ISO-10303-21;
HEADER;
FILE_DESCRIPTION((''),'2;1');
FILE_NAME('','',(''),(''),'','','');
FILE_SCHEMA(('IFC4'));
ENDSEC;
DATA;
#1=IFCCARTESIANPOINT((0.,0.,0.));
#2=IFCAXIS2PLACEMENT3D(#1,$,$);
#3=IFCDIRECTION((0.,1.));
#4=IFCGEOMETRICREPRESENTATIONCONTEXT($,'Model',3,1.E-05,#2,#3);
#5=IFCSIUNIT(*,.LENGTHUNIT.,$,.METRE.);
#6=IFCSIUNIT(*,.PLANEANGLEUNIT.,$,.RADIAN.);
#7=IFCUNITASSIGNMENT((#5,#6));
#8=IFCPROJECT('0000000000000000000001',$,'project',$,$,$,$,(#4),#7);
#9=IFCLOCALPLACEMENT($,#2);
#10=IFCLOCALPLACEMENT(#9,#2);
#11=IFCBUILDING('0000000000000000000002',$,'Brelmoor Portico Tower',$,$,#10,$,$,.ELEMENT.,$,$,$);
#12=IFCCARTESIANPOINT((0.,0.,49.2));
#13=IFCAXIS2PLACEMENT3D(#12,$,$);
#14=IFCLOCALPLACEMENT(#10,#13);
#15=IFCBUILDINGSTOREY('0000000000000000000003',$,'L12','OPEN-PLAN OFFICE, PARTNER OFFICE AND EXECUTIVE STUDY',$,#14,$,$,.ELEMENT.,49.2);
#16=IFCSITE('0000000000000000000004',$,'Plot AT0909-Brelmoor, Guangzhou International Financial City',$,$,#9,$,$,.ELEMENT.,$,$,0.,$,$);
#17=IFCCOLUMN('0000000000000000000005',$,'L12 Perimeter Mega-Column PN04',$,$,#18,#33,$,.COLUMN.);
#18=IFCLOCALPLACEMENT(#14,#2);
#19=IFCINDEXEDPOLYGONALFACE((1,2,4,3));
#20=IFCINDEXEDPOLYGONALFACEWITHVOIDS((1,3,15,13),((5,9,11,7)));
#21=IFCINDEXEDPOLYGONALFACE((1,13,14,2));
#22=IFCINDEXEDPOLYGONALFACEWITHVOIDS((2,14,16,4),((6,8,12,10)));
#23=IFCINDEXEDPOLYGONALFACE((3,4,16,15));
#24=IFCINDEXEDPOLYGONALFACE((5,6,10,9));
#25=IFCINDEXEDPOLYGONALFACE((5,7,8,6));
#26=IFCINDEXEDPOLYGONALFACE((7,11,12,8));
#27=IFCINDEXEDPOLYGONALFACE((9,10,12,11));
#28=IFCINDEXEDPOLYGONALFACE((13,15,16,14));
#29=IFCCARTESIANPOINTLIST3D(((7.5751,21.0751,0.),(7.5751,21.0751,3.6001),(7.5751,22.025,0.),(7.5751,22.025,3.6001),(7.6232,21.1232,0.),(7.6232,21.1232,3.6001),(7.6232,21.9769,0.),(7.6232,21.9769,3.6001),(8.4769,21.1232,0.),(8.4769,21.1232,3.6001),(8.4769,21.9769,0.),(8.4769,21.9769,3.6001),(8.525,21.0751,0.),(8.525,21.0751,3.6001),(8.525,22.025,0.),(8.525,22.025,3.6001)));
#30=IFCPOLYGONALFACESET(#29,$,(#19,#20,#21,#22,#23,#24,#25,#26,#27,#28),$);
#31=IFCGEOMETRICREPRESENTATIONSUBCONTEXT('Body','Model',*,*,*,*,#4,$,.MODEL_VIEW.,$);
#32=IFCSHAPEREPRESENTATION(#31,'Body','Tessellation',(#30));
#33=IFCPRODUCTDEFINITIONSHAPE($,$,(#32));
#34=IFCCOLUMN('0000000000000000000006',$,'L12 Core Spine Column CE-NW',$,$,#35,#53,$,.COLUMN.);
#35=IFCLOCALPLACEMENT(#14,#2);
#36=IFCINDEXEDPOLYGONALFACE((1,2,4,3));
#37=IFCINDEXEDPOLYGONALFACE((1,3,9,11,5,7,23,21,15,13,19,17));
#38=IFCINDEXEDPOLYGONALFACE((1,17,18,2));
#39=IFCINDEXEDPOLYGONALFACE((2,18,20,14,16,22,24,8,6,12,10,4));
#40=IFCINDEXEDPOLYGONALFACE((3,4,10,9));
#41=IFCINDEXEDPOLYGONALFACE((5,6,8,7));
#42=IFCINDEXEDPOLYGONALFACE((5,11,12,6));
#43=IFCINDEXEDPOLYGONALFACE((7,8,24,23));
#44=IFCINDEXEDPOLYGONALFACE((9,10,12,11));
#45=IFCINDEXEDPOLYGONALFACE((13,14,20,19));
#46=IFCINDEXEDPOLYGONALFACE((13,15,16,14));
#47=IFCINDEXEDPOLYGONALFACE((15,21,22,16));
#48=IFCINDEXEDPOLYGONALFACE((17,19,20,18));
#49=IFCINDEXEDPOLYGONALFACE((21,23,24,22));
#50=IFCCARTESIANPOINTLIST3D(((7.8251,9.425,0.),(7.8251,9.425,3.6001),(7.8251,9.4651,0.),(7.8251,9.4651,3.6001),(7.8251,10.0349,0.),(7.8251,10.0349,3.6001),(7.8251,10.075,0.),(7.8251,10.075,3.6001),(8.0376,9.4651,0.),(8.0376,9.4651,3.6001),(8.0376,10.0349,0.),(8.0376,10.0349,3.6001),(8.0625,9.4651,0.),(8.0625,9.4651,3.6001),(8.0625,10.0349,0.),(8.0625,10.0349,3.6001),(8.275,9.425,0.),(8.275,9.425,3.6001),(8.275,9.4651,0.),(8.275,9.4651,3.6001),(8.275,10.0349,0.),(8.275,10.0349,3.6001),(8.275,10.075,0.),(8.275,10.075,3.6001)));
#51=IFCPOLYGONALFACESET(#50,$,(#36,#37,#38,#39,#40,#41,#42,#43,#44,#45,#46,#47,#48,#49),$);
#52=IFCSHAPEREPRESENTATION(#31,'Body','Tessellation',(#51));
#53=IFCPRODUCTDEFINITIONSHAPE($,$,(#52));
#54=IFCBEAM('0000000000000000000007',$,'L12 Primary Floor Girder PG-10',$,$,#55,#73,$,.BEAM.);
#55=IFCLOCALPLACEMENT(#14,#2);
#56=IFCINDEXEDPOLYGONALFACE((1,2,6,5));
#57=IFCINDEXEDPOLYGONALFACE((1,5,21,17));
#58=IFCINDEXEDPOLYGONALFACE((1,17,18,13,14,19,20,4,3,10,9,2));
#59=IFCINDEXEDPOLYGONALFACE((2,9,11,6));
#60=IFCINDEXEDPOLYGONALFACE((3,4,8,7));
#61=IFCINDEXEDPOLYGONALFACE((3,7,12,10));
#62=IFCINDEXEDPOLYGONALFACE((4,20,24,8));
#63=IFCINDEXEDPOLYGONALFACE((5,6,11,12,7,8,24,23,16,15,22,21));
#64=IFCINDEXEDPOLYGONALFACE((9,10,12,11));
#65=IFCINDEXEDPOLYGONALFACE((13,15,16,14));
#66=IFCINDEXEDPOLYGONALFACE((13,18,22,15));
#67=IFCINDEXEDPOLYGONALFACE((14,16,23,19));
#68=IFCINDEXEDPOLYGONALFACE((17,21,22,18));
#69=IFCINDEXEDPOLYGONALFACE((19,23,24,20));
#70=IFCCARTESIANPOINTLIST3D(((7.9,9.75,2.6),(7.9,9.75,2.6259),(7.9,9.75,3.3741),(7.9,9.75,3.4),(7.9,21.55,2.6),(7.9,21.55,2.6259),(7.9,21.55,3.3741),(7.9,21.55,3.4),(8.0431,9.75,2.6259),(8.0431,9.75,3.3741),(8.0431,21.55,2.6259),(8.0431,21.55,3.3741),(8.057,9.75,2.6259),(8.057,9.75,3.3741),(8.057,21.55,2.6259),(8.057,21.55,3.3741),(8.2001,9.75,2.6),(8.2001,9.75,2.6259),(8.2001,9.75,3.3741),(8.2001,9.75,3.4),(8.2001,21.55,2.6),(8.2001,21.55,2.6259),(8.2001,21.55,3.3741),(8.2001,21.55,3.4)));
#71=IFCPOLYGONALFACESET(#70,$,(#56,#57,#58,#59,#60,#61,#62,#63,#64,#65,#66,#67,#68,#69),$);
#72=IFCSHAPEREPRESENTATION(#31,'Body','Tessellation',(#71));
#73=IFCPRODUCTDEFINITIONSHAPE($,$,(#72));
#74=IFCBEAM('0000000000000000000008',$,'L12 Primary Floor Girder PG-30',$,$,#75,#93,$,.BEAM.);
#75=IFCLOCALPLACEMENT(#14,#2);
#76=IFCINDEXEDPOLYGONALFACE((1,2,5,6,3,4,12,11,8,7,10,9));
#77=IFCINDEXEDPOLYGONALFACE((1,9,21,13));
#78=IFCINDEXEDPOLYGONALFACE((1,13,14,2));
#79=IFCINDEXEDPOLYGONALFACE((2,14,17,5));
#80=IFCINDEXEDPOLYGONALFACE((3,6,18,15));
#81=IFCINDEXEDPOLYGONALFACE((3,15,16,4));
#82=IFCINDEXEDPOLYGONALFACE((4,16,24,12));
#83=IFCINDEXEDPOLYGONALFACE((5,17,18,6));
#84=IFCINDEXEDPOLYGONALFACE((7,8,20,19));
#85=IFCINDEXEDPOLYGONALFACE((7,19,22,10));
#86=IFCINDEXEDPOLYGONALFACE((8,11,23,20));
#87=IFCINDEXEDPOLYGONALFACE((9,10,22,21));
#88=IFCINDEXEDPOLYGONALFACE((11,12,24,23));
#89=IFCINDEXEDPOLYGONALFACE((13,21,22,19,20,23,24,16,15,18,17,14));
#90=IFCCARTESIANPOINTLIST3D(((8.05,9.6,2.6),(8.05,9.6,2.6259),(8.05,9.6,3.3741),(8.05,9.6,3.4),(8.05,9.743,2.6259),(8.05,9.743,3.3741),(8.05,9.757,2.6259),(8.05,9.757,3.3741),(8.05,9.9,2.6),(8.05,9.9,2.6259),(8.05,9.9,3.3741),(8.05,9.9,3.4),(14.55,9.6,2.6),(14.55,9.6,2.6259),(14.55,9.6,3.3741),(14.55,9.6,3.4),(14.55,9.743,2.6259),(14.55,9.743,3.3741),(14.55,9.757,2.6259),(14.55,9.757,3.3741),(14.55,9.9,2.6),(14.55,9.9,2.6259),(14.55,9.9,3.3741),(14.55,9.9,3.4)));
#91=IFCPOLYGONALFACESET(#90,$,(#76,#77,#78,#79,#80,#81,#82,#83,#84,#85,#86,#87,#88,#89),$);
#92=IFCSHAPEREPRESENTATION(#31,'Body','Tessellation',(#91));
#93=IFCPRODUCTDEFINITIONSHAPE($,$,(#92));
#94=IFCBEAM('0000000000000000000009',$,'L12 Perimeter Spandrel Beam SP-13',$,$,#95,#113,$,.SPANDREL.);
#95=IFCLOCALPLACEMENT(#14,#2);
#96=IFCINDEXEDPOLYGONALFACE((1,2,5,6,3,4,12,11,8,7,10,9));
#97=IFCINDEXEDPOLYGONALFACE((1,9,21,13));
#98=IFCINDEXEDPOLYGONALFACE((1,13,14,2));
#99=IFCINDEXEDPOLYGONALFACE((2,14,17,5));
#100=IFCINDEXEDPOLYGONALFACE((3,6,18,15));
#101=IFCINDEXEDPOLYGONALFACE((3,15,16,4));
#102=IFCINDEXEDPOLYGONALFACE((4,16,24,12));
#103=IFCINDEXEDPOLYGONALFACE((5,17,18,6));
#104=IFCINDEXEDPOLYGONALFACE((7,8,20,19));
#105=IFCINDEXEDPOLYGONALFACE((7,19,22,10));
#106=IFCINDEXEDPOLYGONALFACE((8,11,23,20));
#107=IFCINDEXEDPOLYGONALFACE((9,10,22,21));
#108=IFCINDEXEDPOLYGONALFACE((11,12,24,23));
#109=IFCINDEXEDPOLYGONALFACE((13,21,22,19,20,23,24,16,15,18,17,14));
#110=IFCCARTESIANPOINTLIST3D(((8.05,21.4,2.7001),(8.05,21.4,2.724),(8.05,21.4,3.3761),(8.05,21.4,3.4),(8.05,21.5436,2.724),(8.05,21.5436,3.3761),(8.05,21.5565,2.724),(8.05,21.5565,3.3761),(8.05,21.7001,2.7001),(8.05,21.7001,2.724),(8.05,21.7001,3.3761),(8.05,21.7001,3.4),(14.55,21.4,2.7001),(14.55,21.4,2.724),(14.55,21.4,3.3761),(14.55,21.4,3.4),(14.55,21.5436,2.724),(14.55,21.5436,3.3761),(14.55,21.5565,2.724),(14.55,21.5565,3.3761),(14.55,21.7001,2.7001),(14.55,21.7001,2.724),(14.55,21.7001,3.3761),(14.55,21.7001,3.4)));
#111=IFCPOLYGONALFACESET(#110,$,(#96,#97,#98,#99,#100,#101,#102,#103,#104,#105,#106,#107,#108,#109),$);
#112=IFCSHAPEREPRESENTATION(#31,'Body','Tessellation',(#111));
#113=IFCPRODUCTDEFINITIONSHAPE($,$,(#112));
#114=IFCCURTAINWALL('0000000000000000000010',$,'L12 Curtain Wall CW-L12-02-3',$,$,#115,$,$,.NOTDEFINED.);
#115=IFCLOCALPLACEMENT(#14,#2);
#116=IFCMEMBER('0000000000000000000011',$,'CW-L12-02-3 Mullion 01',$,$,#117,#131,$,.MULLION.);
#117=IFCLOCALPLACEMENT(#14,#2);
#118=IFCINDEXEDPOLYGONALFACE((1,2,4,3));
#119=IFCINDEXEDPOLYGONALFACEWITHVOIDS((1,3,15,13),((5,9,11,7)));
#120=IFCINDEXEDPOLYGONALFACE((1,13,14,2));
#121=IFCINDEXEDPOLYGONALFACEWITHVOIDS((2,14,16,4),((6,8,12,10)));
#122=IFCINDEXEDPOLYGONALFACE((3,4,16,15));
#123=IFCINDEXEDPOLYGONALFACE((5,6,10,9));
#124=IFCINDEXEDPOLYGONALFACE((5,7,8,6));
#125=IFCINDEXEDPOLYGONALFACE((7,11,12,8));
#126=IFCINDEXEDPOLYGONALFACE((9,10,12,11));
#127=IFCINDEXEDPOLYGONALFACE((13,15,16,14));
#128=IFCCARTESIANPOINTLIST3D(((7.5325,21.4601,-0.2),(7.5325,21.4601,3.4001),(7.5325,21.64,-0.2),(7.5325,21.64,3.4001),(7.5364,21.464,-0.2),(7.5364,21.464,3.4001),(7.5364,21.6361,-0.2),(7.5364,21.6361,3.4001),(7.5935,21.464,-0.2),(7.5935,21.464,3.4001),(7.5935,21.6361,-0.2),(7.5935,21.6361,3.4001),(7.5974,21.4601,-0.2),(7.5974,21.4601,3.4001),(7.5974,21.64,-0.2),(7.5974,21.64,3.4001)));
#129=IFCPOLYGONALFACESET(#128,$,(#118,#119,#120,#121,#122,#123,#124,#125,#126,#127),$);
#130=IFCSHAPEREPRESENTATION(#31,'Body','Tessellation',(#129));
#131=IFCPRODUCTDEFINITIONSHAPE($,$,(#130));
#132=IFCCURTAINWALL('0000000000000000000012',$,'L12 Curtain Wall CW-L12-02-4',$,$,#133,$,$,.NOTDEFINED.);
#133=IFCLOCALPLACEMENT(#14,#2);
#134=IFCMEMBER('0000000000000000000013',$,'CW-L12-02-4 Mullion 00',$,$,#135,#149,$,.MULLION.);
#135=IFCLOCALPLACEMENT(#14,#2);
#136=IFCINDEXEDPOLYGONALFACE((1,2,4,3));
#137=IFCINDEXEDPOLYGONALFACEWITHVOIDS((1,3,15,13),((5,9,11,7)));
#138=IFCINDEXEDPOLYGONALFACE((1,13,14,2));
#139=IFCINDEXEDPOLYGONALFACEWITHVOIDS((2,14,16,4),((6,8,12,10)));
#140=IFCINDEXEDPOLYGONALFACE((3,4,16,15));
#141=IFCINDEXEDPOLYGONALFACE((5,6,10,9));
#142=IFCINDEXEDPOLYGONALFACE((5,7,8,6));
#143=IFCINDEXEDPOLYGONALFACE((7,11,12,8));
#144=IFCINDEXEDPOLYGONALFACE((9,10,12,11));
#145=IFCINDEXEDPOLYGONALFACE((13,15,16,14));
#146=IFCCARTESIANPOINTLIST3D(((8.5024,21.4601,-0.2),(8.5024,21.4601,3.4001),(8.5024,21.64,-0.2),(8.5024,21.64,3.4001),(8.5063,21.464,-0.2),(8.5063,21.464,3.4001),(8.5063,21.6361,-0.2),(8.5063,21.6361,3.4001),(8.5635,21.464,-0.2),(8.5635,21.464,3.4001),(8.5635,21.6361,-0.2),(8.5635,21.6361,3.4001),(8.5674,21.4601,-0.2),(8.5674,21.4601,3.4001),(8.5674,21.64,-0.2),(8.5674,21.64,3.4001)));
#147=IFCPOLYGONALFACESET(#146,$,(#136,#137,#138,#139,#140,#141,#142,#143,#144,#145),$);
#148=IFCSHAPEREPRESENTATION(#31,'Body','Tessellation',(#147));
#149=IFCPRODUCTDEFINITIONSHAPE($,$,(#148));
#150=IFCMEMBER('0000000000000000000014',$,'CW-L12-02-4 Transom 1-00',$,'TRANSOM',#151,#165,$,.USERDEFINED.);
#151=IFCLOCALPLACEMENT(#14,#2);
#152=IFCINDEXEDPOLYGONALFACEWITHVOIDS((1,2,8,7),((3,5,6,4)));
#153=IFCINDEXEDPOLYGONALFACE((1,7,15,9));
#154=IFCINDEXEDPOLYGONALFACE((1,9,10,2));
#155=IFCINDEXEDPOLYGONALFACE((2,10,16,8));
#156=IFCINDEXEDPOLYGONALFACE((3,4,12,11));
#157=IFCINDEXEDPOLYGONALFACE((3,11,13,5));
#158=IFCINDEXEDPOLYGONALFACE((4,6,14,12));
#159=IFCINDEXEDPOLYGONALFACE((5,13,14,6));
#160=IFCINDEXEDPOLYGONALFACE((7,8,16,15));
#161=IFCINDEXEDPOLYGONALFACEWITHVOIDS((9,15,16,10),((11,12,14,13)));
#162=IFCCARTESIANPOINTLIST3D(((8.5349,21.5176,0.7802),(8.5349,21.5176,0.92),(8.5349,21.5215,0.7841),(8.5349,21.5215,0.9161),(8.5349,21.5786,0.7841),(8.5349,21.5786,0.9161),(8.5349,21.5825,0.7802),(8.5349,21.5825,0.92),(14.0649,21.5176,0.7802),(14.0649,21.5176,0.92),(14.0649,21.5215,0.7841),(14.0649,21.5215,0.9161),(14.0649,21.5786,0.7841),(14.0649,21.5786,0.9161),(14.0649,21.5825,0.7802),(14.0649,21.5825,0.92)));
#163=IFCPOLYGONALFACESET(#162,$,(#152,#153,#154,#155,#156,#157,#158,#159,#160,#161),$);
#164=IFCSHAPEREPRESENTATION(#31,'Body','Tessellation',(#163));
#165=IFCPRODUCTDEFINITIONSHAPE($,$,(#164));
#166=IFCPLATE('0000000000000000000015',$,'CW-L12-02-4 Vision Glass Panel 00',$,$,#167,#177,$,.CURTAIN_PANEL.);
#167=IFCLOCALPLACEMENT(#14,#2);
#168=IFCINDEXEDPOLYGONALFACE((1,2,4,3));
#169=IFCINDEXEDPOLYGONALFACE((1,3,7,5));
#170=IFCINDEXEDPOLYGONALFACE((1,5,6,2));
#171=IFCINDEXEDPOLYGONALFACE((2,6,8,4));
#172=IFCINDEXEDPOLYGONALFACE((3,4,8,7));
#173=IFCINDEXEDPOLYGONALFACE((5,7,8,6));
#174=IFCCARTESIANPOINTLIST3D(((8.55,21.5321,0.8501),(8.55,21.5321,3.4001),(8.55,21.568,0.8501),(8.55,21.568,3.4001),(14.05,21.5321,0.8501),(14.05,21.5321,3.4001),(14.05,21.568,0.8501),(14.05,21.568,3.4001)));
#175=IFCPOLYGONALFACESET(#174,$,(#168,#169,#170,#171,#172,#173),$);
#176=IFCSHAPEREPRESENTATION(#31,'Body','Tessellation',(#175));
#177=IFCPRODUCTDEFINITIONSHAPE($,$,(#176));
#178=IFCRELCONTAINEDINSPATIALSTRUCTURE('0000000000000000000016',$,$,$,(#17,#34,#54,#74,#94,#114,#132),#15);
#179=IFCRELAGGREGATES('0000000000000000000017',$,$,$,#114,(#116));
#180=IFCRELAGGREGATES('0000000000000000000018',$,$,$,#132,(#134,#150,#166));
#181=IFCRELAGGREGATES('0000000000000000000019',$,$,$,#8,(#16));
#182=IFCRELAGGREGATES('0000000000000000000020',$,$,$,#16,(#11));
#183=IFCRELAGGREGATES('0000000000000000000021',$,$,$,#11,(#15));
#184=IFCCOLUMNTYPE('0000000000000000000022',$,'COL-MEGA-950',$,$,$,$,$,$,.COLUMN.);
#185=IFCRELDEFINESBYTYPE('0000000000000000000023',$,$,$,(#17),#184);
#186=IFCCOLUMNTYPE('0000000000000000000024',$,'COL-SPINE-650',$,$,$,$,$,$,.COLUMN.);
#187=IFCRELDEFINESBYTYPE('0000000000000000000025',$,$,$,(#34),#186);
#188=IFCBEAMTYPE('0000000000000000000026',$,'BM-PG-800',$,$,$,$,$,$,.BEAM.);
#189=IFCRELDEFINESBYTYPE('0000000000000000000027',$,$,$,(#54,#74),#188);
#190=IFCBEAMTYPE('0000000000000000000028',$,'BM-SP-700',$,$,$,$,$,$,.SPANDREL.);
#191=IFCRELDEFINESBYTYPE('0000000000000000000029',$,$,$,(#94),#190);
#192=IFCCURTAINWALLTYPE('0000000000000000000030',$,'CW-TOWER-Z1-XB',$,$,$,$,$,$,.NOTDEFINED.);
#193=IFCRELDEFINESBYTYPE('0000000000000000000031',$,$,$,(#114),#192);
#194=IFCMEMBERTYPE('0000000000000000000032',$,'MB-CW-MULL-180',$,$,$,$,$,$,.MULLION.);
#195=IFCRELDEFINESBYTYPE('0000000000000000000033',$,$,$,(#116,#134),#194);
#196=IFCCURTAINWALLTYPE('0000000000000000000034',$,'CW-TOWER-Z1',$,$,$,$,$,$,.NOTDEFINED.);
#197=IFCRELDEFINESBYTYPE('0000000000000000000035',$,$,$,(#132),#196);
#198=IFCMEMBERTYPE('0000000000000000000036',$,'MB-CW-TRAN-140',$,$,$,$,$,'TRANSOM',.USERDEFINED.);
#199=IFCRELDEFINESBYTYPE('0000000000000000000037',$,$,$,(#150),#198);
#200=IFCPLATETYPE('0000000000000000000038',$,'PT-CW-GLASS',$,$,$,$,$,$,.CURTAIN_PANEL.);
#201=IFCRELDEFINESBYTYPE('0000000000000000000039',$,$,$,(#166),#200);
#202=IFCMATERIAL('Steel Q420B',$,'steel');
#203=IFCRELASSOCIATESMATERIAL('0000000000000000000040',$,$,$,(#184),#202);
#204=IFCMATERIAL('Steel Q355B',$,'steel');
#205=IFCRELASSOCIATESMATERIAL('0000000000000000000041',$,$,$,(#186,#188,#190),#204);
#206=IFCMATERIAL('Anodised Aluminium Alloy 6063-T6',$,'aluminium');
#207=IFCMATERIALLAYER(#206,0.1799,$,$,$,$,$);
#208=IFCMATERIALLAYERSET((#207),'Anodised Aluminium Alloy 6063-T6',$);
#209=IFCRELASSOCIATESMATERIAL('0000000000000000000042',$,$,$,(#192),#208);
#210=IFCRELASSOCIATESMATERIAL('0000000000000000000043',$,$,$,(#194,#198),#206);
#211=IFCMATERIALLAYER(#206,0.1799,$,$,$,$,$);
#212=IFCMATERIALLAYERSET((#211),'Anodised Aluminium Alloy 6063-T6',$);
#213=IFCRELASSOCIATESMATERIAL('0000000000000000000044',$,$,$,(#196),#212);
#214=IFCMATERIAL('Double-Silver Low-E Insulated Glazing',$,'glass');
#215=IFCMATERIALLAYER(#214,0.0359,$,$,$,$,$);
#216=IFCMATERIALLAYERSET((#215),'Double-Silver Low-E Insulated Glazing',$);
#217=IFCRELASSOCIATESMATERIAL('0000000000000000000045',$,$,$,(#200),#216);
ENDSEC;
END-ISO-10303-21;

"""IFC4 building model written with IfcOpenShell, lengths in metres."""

from ifc_helpers import new_model, si_unit, direction, frame, origin, origin_2d, place, context, subcontext, project, spatial, rectangle, hollow_rectangle, i_section, extrude, material, layer, layer_set, material_profile, profile_set, type_object, element, aggregate, save


model = new_model("IFC4")

# Units and contexts
model_context = context("Model", 3, precision=1e-05, world=origin(), true_north=direction((0.0, 1.0)))
body_context = subcontext(model_context, "Body", "Model", "MODEL_VIEW")
ifc_project = project(units=[si_unit("LENGTHUNIT", "METRE"), si_unit("PLANEANGLEUNIT", "RADIAN")], contexts=[model_context])

# Site, building, storey
site_placement = place(None, origin())
site = spatial("IfcSite", under=ifc_project, at=site_placement, Name="Plot AT0909-Brelmoor, Guangzhou International Financial City", CompositionType="ELEMENT", RefElevation=0.0)
building_placement = place(site_placement, origin())
building = spatial("IfcBuilding", under=site, at=building_placement, Name="Brelmoor Portico Tower", CompositionType="ELEMENT")
storey_placement = place(building_placement, frame((0.0, 0.0, 49.2)))
storey = spatial("IfcBuildingStorey", under=building, at=storey_placement, Name="L12", Description="OPEN-PLAN OFFICE, PARTNER OFFICE AND EXECUTIVE STUDY", CompositionType="ELEMENT", Elevation=49.2)

# Columns
ifc_material_1 = material(Name="Steel Q420B", Category="steel")
ifc_material_profile_1 = material_profile(ifc_material_1, hollow_rectangle(XDim=0.95, YDim=0.95, WallThickness=0.0481, at=origin_2d()), Name="BOX 950x950x48")
ifc_profile_set_1 = profile_set([ifc_material_profile_1], Name="Steel Q420B")
column_type_1 = type_object("IfcColumnType", Name="COL-MEGA-950", PredefinedType="COLUMN", material=ifc_profile_set_1)
column_1_placement = place(storey_placement, frame((8.05, 21.55, 0.0), z_axis=(0.0, 0.0, 1.0), x_axis=(1.0, 0.0, 0.0)))
element("IfcColumn", 1, at=column_1_placement, inside=storey, type_object=column_type_1, Name="L12 Perimeter Mega-Column PN04", PredefinedType="COLUMN", context=body_context, shape_type="SweptSolid", body=[
    extrude(hollow_rectangle(XDim=0.95, YDim=0.95, WallThickness=0.0481, at=origin_2d()), origin(), (0.0, 0.0, 1.0), 3.6001),
])
ifc_material_2 = material(Name="Steel Q355B", Category="steel")
ifc_material_profile_2 = material_profile(ifc_material_2, i_section(OverallWidth=0.45, OverallDepth=0.6499, WebThickness=0.0249, FlangeThickness=0.04, at=origin_2d()), Name="HW 650x450x25x40")
ifc_profile_set_2 = profile_set([ifc_material_profile_2], Name="Steel Q355B")
column_type_2 = type_object("IfcColumnType", Name="COL-SPINE-650", PredefinedType="COLUMN", material=ifc_profile_set_2)
column_2_placement = place(storey_placement, frame((8.05, 9.75, 0.0), z_axis=(0.0, 0.0, 1.0), x_axis=(1.0, 0.0, 0.0)))
element("IfcColumn", 2, at=column_2_placement, inside=storey, type_object=column_type_2, Name="L12 Core Spine Column CE-NW", PredefinedType="COLUMN", context=body_context, shape_type="SweptSolid", body=[
    extrude(i_section(OverallWidth=0.45, OverallDepth=0.6499, WebThickness=0.0249, FlangeThickness=0.04, at=origin_2d()), origin(), (0.0, 0.0, 1.0), 3.6001),
])

# Beams
ifc_material_profile_3 = material_profile(ifc_material_2, i_section(OverallWidth=0.3, OverallDepth=0.8, WebThickness=0.0139, FlangeThickness=0.0259, at=origin_2d()), Name="HN 800x300x14x26")
ifc_profile_set_3 = profile_set([ifc_material_profile_3], Name="Steel Q355B")
beam_type_1 = type_object("IfcBeamType", Name="BM-PG-800", PredefinedType="BEAM", material=ifc_profile_set_3)
beam_1_placement = place(storey_placement, frame((8.05, 9.75, 3.0), z_axis=(0.0, 1.0, 0.0), x_axis=(-1.0, 0.0, 0.0)))
element("IfcBeam", 3, at=beam_1_placement, inside=storey, type_object=beam_type_1, Name="L12 Primary Floor Girder PG-10", PredefinedType="BEAM", context=body_context, shape_type="SweptSolid", body=[
    extrude(i_section(OverallWidth=0.3, OverallDepth=0.8, WebThickness=0.0139, FlangeThickness=0.0259, at=origin_2d()), origin(), (0.0, 0.0, 1.0), 11.8),
])
beam_2_placement = place(storey_placement, frame((8.05, 9.75, 3.0), z_axis=(1.0, 0.0, 0.0), x_axis=(0.0, 1.0, 0.0)))
element("IfcBeam", 4, at=beam_2_placement, inside=storey, type_object=beam_type_1, Name="L12 Primary Floor Girder PG-30", PredefinedType="BEAM", context=body_context, shape_type="SweptSolid", body=[
    extrude(i_section(OverallWidth=0.3, OverallDepth=0.8, WebThickness=0.0139, FlangeThickness=0.0259, at=origin_2d()), origin(), (0.0, 0.0, 1.0), 6.5),
])
ifc_material_profile_4 = material_profile(ifc_material_2, i_section(OverallWidth=0.3, OverallDepth=0.7, WebThickness=0.0129, FlangeThickness=0.0239, at=origin_2d()), Name="HN 700x300x13x24")
ifc_profile_set_4 = profile_set([ifc_material_profile_4], Name="Steel Q355B")
beam_type_2 = type_object("IfcBeamType", Name="BM-SP-700", PredefinedType="SPANDREL", material=ifc_profile_set_4)
beam_3_placement = place(storey_placement, frame((8.05, 21.55, 3.05), z_axis=(1.0, 0.0, 0.0), x_axis=(0.0, 1.0, 0.0)))
element("IfcBeam", 5, at=beam_3_placement, inside=storey, type_object=beam_type_2, Name="L12 Perimeter Spandrel Beam SP-13", PredefinedType="SPANDREL", context=body_context, shape_type="SweptSolid", body=[
    extrude(i_section(OverallWidth=0.3, OverallDepth=0.7, WebThickness=0.0129, FlangeThickness=0.0239, at=origin_2d()), origin(), (0.0, 0.0, 1.0), 6.5),
])

# Curtain wall, member
ifc_material_3 = material(Name="Anodised Aluminium Alloy 6063-T6", Category="aluminium")
ifc_layer_1 = layer(ifc_material_3, 0.1799)
ifc_layer_set_1 = layer_set([ifc_layer_1], Name="Anodised Aluminium Alloy 6063-T6")
curtain_wall_type_1 = type_object("IfcCurtainWallType", Name="CW-TOWER-Z1-XB", PredefinedType="NOTDEFINED", material=ifc_layer_set_1)
curtain_wall_1_placement = place(storey_placement, origin())
curtain_wall_1 = element("IfcCurtainWall", 6, at=curtain_wall_1_placement, inside=storey, type_object=curtain_wall_type_1, Name="L12 Curtain Wall CW-L12-02-3", PredefinedType="NOTDEFINED")
ifc_material_profile_5 = material_profile(ifc_material_3, hollow_rectangle(XDim=0.0649, YDim=0.1799, WallThickness=0.0039, at=origin_2d()), Name="ALU MULLION 65x180")
ifc_profile_set_5 = profile_set([ifc_material_profile_5], Name="Anodised Aluminium Alloy 6063-T6")
member_type_1 = type_object("IfcMemberType", Name="MB-CW-MULL-180", PredefinedType="MULLION", material=ifc_profile_set_5)
member_1_placement = place(storey_placement, frame((7.5649, 21.55, -0.2), z_axis=(0.0, 0.0, 1.0), x_axis=(1.0, 0.0, 0.0)))
member_1 = element("IfcMember", 7, at=member_1_placement, type_object=member_type_1, Name="CW-L12-02-3 Mullion 01", PredefinedType="MULLION", context=body_context, shape_type="SweptSolid", body=[
    extrude(hollow_rectangle(XDim=0.0649, YDim=0.1799, WallThickness=0.0039, at=origin_2d()), origin(), (0.0, 0.0, 1.0), 3.6001),
])

# Curtain wall, members, plate
ifc_layer_2 = layer(ifc_material_3, 0.1799)
ifc_layer_set_2 = layer_set([ifc_layer_2], Name="Anodised Aluminium Alloy 6063-T6")
curtain_wall_type_2 = type_object("IfcCurtainWallType", Name="CW-TOWER-Z1", PredefinedType="NOTDEFINED", material=ifc_layer_set_2)
curtain_wall_2_placement = place(storey_placement, origin())
curtain_wall_2 = element("IfcCurtainWall", 8, at=curtain_wall_2_placement, inside=storey, type_object=curtain_wall_type_2, Name="L12 Curtain Wall CW-L12-02-4", PredefinedType="NOTDEFINED")
member_2_placement = place(storey_placement, frame((8.5349, 21.55, -0.2), z_axis=(0.0, 0.0, 1.0), x_axis=(1.0, 0.0, 0.0)))
member_2 = element("IfcMember", 9, at=member_2_placement, type_object=member_type_1, Name="CW-L12-02-4 Mullion 00", PredefinedType="MULLION", context=body_context, shape_type="SweptSolid", body=[
    extrude(hollow_rectangle(XDim=0.0649, YDim=0.1799, WallThickness=0.0039, at=origin_2d()), origin(), (0.0, 0.0, 1.0), 3.6001),
])
ifc_material_profile_6 = material_profile(ifc_material_3, hollow_rectangle(XDim=0.0649, YDim=0.1399, WallThickness=0.0039, at=origin_2d()), Name="ALU TRANSOM 65x140")
ifc_profile_set_6 = profile_set([ifc_material_profile_6], Name="Anodised Aluminium Alloy 6063-T6")
member_type_2 = type_object("IfcMemberType", Name="MB-CW-TRAN-140", ElementType="TRANSOM", PredefinedType="USERDEFINED", material=ifc_profile_set_6)
member_3_placement = place(storey_placement, frame((8.5349, 21.55, 0.8501), z_axis=(1.0, 0.0, 0.0), x_axis=(0.0, 1.0, 0.0)))
member_3 = element("IfcMember", 10, at=member_3_placement, type_object=member_type_2, Name="CW-L12-02-4 Transom 1-00", ObjectType="TRANSOM", PredefinedType="USERDEFINED", context=body_context, shape_type="SweptSolid", body=[
    extrude(hollow_rectangle(XDim=0.0649, YDim=0.1399, WallThickness=0.0039, at=origin_2d()), origin(), (0.0, 0.0, 1.0), 5.53),
])
ifc_material_4 = material(Name="Double-Silver Low-E Insulated Glazing", Category="glass")
ifc_layer_3 = layer(ifc_material_4, 0.0359)
ifc_layer_set_3 = layer_set([ifc_layer_3], Name="Double-Silver Low-E Insulated Glazing")
plate_type_1 = type_object("IfcPlateType", Name="PT-CW-GLASS", PredefinedType="CURTAIN_PANEL", material=ifc_layer_set_3)
plate_1_placement = place(storey_placement, frame((11.3, 21.55, 0.8501), z_axis=(0.0, 0.0, 1.0), x_axis=(1.0, 0.0, 0.0)))
plate_1 = element("IfcPlate", 11, at=plate_1_placement, type_object=plate_type_1, Name="CW-L12-02-4 Vision Glass Panel 00", PredefinedType="CURTAIN_PANEL", context=body_context, shape_type="SweptSolid", body=[
    extrude(rectangle(XDim=5.5, YDim=0.0359, at=origin_2d()), origin(), (0.0, 0.0, 1.0), 2.55),
])

aggregate(curtain_wall_1, [member_1])
aggregate(curtain_wall_2, [member_2, member_3, plate_1])

save(model, "model.ifc")
